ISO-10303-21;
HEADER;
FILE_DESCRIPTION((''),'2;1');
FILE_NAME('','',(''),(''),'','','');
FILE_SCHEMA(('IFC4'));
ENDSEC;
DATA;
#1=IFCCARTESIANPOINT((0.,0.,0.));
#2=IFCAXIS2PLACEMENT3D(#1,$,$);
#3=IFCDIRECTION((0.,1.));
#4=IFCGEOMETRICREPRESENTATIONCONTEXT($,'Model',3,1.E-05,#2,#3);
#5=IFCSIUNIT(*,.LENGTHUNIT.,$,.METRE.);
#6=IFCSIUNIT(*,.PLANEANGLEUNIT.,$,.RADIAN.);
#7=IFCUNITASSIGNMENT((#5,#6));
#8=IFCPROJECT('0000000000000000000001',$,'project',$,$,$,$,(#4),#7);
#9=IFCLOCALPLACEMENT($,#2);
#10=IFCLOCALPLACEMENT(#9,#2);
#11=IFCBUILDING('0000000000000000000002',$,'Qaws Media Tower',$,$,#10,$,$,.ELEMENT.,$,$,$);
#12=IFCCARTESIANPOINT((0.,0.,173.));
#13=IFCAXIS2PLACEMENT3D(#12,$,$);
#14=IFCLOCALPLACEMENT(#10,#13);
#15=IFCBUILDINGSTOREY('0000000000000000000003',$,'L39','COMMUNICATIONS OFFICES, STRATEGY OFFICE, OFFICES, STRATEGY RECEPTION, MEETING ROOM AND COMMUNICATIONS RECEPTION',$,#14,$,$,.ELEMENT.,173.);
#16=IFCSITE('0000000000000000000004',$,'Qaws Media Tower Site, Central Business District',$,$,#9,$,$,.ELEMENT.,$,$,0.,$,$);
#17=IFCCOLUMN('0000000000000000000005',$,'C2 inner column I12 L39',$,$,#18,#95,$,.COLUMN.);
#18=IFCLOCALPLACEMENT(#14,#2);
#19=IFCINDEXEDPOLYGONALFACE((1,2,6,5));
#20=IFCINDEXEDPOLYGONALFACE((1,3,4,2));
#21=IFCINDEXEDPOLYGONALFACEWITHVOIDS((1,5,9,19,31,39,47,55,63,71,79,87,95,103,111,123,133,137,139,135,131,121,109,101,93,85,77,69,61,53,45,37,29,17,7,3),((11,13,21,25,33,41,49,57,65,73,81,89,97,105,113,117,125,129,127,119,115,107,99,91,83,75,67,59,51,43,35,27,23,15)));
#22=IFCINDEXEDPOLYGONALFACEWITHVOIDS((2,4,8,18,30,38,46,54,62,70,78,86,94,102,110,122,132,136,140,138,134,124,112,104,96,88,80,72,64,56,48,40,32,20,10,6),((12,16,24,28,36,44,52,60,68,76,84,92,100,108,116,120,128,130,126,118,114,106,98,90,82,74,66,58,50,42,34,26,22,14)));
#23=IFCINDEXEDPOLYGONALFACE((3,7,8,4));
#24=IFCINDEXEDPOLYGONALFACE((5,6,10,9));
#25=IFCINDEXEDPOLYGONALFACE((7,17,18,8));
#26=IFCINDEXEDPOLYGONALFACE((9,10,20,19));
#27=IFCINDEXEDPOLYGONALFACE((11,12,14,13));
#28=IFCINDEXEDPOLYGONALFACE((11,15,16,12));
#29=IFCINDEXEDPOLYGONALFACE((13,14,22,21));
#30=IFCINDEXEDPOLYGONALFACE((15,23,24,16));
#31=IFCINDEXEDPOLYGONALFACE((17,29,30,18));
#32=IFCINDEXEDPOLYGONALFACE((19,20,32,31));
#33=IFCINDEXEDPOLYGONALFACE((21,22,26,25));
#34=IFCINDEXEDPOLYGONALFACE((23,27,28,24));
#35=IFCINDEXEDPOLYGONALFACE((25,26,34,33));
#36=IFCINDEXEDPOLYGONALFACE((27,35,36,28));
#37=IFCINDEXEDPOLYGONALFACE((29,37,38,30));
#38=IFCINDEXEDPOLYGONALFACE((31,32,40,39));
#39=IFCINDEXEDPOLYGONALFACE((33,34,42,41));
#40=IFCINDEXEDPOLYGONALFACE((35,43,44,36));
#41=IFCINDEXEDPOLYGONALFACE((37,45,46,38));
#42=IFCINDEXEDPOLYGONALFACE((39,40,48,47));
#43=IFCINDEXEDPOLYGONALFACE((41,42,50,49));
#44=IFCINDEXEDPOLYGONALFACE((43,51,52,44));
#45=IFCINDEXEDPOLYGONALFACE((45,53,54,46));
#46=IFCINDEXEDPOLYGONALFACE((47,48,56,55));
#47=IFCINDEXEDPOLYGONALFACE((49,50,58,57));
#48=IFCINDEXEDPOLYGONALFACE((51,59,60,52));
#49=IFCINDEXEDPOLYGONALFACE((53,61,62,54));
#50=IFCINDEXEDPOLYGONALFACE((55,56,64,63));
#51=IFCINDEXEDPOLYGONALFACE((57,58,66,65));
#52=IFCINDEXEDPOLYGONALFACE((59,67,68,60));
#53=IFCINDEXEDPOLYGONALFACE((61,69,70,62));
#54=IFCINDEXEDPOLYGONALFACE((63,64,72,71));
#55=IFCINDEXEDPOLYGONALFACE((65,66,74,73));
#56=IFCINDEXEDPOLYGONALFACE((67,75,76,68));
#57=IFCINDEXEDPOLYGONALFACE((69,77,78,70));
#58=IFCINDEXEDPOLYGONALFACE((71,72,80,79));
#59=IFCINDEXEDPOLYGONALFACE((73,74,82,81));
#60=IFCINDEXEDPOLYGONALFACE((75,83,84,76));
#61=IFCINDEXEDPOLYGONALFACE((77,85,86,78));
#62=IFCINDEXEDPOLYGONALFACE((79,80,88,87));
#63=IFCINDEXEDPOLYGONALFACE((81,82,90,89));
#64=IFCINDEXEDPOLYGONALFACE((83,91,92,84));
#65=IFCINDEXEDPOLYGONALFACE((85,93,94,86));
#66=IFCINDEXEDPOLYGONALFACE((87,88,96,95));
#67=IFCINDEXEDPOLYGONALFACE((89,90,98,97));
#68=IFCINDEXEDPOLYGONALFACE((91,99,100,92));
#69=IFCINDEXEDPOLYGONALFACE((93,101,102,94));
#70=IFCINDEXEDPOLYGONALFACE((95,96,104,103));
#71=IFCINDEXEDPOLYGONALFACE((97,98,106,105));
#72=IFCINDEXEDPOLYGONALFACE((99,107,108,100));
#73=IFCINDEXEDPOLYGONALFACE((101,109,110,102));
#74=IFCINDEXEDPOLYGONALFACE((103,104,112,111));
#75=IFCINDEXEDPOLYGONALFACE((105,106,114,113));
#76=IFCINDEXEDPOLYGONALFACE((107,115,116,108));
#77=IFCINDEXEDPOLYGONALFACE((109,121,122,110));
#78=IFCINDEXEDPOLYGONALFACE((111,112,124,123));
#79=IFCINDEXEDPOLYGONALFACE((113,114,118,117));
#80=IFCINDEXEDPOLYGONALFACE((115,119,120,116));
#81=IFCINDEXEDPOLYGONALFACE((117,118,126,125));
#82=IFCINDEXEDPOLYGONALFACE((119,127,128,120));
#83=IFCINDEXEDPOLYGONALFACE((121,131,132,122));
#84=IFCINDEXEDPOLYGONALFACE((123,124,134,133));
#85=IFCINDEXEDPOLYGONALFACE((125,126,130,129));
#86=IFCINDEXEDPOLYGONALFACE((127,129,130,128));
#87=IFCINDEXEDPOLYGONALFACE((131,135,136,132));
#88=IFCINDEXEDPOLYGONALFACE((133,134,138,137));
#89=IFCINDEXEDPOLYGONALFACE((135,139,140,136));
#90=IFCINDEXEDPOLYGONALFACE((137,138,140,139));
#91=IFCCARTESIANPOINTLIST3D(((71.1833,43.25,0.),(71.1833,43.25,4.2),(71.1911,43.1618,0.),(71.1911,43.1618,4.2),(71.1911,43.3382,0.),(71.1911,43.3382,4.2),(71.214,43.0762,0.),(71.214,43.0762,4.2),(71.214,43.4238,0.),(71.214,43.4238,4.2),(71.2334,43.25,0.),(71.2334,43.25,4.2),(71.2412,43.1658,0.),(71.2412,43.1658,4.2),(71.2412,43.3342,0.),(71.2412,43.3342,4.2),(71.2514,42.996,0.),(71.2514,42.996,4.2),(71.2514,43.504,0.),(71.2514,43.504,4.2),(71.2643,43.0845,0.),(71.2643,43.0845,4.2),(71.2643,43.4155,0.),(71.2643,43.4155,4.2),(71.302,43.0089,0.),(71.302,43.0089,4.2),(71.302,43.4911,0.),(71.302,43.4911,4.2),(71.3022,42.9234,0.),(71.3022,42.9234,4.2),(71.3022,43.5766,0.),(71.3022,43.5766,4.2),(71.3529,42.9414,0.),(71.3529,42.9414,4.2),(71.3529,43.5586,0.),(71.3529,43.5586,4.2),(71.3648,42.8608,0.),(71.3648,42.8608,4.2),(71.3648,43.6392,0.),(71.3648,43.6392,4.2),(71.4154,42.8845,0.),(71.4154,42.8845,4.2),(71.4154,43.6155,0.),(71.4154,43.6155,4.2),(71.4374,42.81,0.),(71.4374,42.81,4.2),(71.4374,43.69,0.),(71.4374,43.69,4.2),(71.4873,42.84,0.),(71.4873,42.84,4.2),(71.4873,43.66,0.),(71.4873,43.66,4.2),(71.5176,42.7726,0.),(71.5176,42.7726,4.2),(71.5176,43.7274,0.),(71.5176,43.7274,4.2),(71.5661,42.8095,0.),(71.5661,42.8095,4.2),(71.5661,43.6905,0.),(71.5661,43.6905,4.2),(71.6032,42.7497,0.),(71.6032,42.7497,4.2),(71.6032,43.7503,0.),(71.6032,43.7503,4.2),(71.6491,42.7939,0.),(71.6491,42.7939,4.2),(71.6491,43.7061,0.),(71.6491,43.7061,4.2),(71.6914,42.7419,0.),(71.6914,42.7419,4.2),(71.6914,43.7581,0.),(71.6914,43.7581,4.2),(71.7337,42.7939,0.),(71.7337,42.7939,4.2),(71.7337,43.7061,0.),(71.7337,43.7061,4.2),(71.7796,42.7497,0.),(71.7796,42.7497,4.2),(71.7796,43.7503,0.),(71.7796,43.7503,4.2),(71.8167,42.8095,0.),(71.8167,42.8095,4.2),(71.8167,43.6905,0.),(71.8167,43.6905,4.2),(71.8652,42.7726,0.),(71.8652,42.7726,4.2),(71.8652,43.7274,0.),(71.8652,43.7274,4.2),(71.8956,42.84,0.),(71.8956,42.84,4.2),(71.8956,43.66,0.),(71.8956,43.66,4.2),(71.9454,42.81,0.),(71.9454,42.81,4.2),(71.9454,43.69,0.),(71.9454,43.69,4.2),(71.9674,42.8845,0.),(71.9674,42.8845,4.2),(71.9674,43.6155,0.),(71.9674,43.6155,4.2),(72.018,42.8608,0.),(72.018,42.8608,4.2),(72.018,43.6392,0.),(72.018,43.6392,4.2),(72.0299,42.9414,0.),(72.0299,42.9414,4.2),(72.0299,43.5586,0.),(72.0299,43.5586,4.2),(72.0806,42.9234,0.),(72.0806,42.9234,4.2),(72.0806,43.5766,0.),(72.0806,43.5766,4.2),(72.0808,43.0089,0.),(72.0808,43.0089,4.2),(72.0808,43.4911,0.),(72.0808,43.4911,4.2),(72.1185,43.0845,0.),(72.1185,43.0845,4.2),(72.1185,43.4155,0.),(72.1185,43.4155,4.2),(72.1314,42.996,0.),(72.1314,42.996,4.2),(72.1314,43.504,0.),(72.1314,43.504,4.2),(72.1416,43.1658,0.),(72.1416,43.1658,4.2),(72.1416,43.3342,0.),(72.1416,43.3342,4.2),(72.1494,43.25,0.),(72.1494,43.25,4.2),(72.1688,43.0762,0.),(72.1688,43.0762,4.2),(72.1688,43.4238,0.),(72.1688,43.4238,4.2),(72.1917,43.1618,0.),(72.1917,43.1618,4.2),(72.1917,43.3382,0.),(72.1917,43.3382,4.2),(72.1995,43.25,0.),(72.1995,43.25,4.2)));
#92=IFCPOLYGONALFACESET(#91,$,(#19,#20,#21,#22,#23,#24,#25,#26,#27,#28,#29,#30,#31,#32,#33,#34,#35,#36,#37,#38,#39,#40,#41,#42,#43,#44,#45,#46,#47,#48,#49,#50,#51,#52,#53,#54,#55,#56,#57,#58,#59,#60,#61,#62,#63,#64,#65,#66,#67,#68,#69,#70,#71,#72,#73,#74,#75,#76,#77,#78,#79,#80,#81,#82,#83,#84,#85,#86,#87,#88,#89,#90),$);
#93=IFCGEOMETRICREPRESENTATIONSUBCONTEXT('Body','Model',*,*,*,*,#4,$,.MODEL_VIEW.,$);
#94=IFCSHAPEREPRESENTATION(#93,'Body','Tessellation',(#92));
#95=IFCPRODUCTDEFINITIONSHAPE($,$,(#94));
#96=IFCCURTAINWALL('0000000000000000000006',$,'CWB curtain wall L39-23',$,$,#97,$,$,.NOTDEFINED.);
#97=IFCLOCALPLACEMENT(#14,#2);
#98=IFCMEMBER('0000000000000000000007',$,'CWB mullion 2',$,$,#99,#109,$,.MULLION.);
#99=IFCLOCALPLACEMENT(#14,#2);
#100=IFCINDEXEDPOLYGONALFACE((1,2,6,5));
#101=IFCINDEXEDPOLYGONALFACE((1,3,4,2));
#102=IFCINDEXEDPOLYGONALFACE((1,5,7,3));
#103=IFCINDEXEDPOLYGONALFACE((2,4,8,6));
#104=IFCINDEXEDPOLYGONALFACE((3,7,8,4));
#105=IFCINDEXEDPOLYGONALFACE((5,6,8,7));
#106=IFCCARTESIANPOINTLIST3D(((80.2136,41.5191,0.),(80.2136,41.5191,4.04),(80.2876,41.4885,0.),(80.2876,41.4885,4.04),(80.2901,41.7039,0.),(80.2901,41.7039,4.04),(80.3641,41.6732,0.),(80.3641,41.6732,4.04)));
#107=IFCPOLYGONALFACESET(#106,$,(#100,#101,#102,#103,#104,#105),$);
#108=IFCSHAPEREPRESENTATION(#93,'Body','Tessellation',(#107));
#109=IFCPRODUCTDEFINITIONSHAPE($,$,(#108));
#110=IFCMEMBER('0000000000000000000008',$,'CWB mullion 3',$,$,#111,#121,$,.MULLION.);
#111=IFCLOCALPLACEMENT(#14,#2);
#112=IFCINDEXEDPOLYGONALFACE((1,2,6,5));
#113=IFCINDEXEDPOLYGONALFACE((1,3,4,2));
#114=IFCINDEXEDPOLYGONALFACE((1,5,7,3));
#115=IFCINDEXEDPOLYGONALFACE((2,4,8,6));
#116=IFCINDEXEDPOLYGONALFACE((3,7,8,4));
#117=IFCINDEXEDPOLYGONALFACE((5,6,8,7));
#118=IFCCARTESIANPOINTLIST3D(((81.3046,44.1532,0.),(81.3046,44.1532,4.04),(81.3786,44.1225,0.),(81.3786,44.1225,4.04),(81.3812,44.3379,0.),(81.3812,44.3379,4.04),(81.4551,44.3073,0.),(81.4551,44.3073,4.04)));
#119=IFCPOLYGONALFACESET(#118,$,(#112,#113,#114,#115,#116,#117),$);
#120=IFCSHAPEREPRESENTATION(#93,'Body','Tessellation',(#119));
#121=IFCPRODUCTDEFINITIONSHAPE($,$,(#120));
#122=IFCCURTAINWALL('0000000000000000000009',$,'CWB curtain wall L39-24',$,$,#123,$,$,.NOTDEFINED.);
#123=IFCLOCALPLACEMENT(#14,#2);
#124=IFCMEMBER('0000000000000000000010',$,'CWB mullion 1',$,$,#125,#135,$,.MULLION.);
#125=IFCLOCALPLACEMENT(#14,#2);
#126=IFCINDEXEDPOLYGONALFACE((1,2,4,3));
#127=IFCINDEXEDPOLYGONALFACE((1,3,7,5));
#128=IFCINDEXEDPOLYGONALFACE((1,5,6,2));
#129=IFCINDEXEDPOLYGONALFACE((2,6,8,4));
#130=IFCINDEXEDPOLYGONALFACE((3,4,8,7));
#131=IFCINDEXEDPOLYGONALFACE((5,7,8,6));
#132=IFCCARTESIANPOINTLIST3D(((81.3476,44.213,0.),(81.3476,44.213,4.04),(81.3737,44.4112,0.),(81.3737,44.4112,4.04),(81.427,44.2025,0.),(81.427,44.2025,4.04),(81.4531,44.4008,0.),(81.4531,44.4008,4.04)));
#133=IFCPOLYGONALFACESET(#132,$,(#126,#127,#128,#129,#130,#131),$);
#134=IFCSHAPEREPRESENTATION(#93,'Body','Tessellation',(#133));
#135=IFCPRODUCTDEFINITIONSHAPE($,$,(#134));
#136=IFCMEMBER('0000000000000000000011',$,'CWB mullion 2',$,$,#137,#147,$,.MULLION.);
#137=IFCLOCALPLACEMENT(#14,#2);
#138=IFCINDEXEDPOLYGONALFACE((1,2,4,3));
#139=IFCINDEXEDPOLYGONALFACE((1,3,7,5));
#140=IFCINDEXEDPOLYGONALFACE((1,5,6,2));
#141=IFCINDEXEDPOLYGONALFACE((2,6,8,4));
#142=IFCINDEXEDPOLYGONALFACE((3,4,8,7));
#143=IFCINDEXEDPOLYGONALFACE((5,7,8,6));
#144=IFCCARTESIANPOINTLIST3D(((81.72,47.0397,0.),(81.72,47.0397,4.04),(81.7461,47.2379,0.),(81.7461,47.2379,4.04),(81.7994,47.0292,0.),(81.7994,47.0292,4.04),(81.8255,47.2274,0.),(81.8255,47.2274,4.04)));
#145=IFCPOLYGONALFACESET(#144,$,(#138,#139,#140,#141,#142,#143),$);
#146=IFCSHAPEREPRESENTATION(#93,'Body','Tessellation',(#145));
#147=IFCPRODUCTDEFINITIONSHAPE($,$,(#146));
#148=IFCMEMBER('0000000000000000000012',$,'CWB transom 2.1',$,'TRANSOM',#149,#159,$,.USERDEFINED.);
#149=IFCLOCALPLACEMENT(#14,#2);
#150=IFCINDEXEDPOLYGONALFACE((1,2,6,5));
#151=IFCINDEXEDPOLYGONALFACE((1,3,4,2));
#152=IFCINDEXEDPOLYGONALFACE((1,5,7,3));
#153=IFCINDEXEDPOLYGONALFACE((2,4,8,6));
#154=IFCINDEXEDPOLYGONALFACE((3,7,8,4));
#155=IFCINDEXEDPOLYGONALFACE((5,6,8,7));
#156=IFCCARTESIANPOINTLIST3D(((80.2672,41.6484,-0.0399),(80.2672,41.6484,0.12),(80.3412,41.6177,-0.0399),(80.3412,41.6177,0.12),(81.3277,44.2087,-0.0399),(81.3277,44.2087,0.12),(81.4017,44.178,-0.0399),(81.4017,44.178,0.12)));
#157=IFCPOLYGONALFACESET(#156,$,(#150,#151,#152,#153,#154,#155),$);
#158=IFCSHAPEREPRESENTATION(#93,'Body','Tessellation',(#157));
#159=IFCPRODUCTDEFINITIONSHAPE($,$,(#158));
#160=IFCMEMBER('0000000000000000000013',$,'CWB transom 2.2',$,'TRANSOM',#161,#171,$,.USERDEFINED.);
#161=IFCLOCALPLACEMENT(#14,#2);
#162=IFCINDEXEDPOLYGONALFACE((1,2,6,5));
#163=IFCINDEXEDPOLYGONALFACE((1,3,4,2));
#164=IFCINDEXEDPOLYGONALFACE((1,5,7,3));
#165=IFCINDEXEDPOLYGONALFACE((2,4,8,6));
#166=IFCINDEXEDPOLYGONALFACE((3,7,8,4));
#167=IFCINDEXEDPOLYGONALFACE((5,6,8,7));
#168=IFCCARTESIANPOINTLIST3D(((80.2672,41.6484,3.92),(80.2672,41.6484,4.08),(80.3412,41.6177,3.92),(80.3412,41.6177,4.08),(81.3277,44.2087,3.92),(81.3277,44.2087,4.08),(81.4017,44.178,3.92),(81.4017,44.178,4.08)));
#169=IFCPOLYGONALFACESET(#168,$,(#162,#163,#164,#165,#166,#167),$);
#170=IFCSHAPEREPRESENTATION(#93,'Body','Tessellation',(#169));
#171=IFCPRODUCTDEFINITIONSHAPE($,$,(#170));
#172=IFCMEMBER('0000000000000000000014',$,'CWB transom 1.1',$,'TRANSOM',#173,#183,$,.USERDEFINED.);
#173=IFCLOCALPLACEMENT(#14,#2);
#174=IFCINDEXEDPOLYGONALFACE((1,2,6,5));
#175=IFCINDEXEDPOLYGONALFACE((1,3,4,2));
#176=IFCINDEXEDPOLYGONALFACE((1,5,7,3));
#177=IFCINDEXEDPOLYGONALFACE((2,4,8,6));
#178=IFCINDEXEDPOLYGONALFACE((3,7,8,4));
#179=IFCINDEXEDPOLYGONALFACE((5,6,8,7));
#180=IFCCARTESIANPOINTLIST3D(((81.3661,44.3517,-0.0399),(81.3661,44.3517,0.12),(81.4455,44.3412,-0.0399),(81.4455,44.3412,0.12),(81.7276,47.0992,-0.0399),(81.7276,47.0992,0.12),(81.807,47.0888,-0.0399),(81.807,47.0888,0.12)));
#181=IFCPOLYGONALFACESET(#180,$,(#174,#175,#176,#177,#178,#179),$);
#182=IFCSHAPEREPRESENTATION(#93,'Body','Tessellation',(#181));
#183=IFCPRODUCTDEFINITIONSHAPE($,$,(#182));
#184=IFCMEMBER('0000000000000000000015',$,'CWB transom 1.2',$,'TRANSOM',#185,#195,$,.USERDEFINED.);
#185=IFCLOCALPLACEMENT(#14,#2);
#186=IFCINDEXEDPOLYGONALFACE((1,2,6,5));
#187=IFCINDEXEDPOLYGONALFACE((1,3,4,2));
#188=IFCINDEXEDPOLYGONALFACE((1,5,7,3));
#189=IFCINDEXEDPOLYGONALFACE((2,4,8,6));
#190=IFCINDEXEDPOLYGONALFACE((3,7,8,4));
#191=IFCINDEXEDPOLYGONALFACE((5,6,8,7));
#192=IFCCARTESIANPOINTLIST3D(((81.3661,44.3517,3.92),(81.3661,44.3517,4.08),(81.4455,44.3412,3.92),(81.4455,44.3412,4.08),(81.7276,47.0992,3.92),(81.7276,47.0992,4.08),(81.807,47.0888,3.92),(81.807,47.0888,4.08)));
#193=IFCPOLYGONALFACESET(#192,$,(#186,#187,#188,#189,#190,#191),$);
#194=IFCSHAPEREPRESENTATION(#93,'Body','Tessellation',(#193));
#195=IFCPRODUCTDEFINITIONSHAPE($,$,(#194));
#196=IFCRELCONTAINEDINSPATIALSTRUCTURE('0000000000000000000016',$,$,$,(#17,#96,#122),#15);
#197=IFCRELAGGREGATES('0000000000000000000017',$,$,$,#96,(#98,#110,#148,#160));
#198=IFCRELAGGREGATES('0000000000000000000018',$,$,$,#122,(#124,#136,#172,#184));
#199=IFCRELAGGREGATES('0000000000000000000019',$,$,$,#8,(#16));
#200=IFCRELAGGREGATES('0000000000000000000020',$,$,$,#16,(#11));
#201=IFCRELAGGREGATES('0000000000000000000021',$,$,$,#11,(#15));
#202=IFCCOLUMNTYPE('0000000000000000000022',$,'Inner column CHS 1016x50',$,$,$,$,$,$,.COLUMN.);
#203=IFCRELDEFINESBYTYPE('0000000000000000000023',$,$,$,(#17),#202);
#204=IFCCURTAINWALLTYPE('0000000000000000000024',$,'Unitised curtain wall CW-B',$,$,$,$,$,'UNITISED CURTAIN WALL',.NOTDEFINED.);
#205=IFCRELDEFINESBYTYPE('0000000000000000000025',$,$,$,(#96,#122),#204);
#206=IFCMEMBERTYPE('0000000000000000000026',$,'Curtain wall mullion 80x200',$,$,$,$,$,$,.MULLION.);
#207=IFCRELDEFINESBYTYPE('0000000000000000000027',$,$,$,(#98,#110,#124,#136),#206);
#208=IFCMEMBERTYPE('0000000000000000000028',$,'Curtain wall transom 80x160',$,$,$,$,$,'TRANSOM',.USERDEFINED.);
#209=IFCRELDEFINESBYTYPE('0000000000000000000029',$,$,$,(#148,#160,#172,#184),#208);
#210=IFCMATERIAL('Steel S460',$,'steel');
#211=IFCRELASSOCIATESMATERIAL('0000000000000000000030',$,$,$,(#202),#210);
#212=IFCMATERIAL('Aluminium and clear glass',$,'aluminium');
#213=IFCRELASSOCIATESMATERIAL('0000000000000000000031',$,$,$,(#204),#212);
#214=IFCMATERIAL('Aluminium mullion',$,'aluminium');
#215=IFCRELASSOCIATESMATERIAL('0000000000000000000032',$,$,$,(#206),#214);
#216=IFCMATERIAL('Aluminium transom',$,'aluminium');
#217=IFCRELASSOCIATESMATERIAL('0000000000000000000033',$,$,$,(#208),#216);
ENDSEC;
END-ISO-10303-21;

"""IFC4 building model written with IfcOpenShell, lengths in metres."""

from ifc_helpers import new_model, si_unit, direction, frame, origin, origin_2d, place, context, subcontext, project, spatial, rectangle, hollow_circle, extrude, material, material_profile, profile_set, type_object, element, aggregate, save


model = new_model("IFC4")

# Units and contexts
model_context = context("Model", 3, precision=1e-05, world=origin(), true_north=direction((0.0, 1.0)))
body_context = subcontext(model_context, "Body", "Model", "MODEL_VIEW")
ifc_project = project(units=[si_unit("LENGTHUNIT", "METRE"), si_unit("PLANEANGLEUNIT", "RADIAN")], contexts=[model_context])

# Site, building, storey
site_placement = place(None, origin())
site = spatial("IfcSite", under=ifc_project, at=site_placement, Name="Qaws Media Tower Site, Central Business District", CompositionType="ELEMENT", RefElevation=0.0)
building_placement = place(site_placement, origin())
building = spatial("IfcBuilding", under=site, at=building_placement, Name="Qaws Media Tower", CompositionType="ELEMENT")
storey_placement = place(building_placement, frame((0.0, 0.0, 173.0)))
storey = spatial("IfcBuildingStorey", under=building, at=storey_placement, Name="L39", Description="COMMUNICATIONS OFFICES, STRATEGY OFFICE, OFFICES, STRATEGY RECEPTION, MEETING ROOM AND COMMUNICATIONS RECEPTION", CompositionType="ELEMENT", Elevation=173.0)

# Column
ifc_material_1 = material(Name="Steel S460", Category="steel")
ifc_material_profile_1 = material_profile(ifc_material_1, hollow_circle(Radius=0.5081, WallThickness=0.05, at=origin_2d()), Name="CHS 1016x50")
ifc_profile_set_1 = profile_set([ifc_material_profile_1], Name="Steel S460")
column_type = type_object("IfcColumnType", Name="Inner column CHS 1016x50", PredefinedType="COLUMN", material=ifc_profile_set_1)
column_placement = place(storey_placement, frame((71.6914, 43.25, 0.0), z_axis=(0.0, 0.0, 1.0), x_axis=(1.0, 0.0, 0.0)))
element("IfcColumn", 1, at=column_placement, inside=storey, type_object=column_type, Name="C2 inner column I12 L39", PredefinedType="COLUMN", context=body_context, shape_type="SweptSolid", body=[
    extrude(hollow_circle(Radius=0.5081, WallThickness=0.05, at=origin_2d()), origin(), (0.0, 0.0, 1.0), 4.2),
])

# Curtain walls, members
ifc_material_2 = material(Name="Aluminium and clear glass", Category="aluminium")
curtain_wall_type = type_object("IfcCurtainWallType", Name="Unitised curtain wall CW-B", ElementType="UNITISED CURTAIN WALL", PredefinedType="NOTDEFINED", material=ifc_material_2)
curtain_wall_1_placement = place(storey_placement, origin())
curtain_wall_1 = element("IfcCurtainWall", 2, at=curtain_wall_1_placement, inside=storey, type_object=curtain_wall_type, Name="CWB curtain wall L39-23", PredefinedType="NOTDEFINED")
ifc_material_3 = material(Name="Aluminium mullion", Category="aluminium")
ifc_material_profile_2 = material_profile(ifc_material_3, rectangle(XDim=0.0801, YDim=0.2, at=origin_2d()), Name="80x200")
ifc_profile_set_2 = profile_set([ifc_material_profile_2], Name="Aluminium mullion")
member_type_1 = type_object("IfcMemberType", Name="Curtain wall mullion 80x200", PredefinedType="MULLION", material=ifc_profile_set_2)
member_1_placement = place(storey_placement, frame((80.2888, 41.5962, 0.0), z_axis=(0.0, 0.0, 1.0), x_axis=(-0.92388, 0.382683, 0.0)))
member_1 = element("IfcMember", 3, at=member_1_placement, type_object=member_type_1, Name="CWB mullion 2", PredefinedType="MULLION", context=body_context, shape_type="SweptSolid", body=[
    extrude(rectangle(XDim=0.0801, YDim=0.2, at=origin_2d()), origin(), (0.0, 0.0, 1.0), 4.04),
])
member_2_placement = place(storey_placement, frame((81.3799, 44.2302, 0.0), z_axis=(0.0, 0.0, 1.0), x_axis=(-0.92388, 0.382683, 0.0)))
member_2 = element("IfcMember", 4, at=member_2_placement, type_object=member_type_1, Name="CWB mullion 3", PredefinedType="MULLION", context=body_context, shape_type="SweptSolid", body=[
    extrude(rectangle(XDim=0.0801, YDim=0.2, at=origin_2d()), origin(), (0.0, 0.0, 1.0), 4.04),
])
curtain_wall_2_placement = place(storey_placement, origin())
curtain_wall_2 = element("IfcCurtainWall", 5, at=curtain_wall_2_placement, inside=storey, type_object=curtain_wall_type, Name="CWB curtain wall L39-24", PredefinedType="NOTDEFINED")
member_3_placement = place(storey_placement, frame((81.4004, 44.3069, 0.0), z_axis=(0.0, 0.0, 1.0), x_axis=(-0.991445, 0.130526, 0.0)))
member_3 = element("IfcMember", 6, at=member_3_placement, type_object=member_type_1, Name="CWB mullion 1", PredefinedType="MULLION", context=body_context, shape_type="SweptSolid", body=[
    extrude(rectangle(XDim=0.0801, YDim=0.2, at=origin_2d()), origin(), (0.0, 0.0, 1.0), 4.04),
])
member_4_placement = place(storey_placement, frame((81.7727, 47.1335, 0.0), z_axis=(0.0, 0.0, 1.0), x_axis=(-0.991445, 0.130526, 0.0)))
member_4 = element("IfcMember", 7, at=member_4_placement, type_object=member_type_1, Name="CWB mullion 2", PredefinedType="MULLION", context=body_context, shape_type="SweptSolid", body=[
    extrude(rectangle(XDim=0.0801, YDim=0.2, at=origin_2d()), origin(), (0.0, 0.0, 1.0), 4.04),
])

# Members
ifc_material_4 = material(Name="Aluminium transom", Category="aluminium")
ifc_material_profile_3 = material_profile(ifc_material_4, rectangle(XDim=0.0801, YDim=0.1599, at=origin_2d()), Name="80x160")
ifc_profile_set_3 = profile_set([ifc_material_profile_3], Name="Aluminium transom")
member_type_2 = type_object("IfcMemberType", Name="Curtain wall transom 80x160", ElementType="TRANSOM", PredefinedType="USERDEFINED", material=ifc_profile_set_3)
member_5_placement = place(storey_placement, frame((80.3042, 41.6331, 0.04), z_axis=(0.382694, 0.923875, 0.0), x_axis=(-0.923875, 0.382694, 0.0)))
member_5 = element("IfcMember", 8, at=member_5_placement, type_object=member_type_2, Name="CWB transom 2.1", ObjectType="TRANSOM", PredefinedType="USERDEFINED", context=body_context, shape_type="SweptSolid", body=[
    extrude(rectangle(XDim=0.0801, YDim=0.1599, at=origin_2d()), origin(), (0.0, 0.0, 1.0), 2.7712),
])
member_6_placement = place(storey_placement, frame((80.3042, 41.6331, 4.0), z_axis=(0.382694, 0.923875, 0.0), x_axis=(-0.923875, 0.382694, 0.0)))
member_6 = element("IfcMember", 9, at=member_6_placement, type_object=member_type_2, Name="CWB transom 2.2", ObjectType="TRANSOM", PredefinedType="USERDEFINED", context=body_context, shape_type="SweptSolid", body=[
    extrude(rectangle(XDim=0.0801, YDim=0.1599, at=origin_2d()), origin(), (0.0, 0.0, 1.0), 2.7712),
])
member_7_placement = place(storey_placement, frame((81.4058, 44.3464, 0.04), z_axis=(0.130473, 0.991452, 0.0), x_axis=(-0.991452, 0.130473, 0.0)))
member_7 = element("IfcMember", 10, at=member_7_placement, type_object=member_type_2, Name="CWB transom 1.1", ObjectType="TRANSOM", PredefinedType="USERDEFINED", context=body_context, shape_type="SweptSolid", body=[
    extrude(rectangle(XDim=0.0801, YDim=0.1599, at=origin_2d()), origin(), (0.0, 0.0, 1.0), 2.7712),
])
member_8_placement = place(storey_placement, frame((81.4058, 44.3464, 4.0), z_axis=(0.130473, 0.991452, 0.0), x_axis=(-0.991452, 0.130473, 0.0)))
member_8 = element("IfcMember", 11, at=member_8_placement, type_object=member_type_2, Name="CWB transom 1.2", ObjectType="TRANSOM", PredefinedType="USERDEFINED", context=body_context, shape_type="SweptSolid", body=[
    extrude(rectangle(XDim=0.0801, YDim=0.1599, at=origin_2d()), origin(), (0.0, 0.0, 1.0), 2.7712),
])

aggregate(curtain_wall_1, [member_1, member_2, member_5, member_6])
aggregate(curtain_wall_2, [member_3, member_4, member_7, member_8])

save(model, "model.ifc")
